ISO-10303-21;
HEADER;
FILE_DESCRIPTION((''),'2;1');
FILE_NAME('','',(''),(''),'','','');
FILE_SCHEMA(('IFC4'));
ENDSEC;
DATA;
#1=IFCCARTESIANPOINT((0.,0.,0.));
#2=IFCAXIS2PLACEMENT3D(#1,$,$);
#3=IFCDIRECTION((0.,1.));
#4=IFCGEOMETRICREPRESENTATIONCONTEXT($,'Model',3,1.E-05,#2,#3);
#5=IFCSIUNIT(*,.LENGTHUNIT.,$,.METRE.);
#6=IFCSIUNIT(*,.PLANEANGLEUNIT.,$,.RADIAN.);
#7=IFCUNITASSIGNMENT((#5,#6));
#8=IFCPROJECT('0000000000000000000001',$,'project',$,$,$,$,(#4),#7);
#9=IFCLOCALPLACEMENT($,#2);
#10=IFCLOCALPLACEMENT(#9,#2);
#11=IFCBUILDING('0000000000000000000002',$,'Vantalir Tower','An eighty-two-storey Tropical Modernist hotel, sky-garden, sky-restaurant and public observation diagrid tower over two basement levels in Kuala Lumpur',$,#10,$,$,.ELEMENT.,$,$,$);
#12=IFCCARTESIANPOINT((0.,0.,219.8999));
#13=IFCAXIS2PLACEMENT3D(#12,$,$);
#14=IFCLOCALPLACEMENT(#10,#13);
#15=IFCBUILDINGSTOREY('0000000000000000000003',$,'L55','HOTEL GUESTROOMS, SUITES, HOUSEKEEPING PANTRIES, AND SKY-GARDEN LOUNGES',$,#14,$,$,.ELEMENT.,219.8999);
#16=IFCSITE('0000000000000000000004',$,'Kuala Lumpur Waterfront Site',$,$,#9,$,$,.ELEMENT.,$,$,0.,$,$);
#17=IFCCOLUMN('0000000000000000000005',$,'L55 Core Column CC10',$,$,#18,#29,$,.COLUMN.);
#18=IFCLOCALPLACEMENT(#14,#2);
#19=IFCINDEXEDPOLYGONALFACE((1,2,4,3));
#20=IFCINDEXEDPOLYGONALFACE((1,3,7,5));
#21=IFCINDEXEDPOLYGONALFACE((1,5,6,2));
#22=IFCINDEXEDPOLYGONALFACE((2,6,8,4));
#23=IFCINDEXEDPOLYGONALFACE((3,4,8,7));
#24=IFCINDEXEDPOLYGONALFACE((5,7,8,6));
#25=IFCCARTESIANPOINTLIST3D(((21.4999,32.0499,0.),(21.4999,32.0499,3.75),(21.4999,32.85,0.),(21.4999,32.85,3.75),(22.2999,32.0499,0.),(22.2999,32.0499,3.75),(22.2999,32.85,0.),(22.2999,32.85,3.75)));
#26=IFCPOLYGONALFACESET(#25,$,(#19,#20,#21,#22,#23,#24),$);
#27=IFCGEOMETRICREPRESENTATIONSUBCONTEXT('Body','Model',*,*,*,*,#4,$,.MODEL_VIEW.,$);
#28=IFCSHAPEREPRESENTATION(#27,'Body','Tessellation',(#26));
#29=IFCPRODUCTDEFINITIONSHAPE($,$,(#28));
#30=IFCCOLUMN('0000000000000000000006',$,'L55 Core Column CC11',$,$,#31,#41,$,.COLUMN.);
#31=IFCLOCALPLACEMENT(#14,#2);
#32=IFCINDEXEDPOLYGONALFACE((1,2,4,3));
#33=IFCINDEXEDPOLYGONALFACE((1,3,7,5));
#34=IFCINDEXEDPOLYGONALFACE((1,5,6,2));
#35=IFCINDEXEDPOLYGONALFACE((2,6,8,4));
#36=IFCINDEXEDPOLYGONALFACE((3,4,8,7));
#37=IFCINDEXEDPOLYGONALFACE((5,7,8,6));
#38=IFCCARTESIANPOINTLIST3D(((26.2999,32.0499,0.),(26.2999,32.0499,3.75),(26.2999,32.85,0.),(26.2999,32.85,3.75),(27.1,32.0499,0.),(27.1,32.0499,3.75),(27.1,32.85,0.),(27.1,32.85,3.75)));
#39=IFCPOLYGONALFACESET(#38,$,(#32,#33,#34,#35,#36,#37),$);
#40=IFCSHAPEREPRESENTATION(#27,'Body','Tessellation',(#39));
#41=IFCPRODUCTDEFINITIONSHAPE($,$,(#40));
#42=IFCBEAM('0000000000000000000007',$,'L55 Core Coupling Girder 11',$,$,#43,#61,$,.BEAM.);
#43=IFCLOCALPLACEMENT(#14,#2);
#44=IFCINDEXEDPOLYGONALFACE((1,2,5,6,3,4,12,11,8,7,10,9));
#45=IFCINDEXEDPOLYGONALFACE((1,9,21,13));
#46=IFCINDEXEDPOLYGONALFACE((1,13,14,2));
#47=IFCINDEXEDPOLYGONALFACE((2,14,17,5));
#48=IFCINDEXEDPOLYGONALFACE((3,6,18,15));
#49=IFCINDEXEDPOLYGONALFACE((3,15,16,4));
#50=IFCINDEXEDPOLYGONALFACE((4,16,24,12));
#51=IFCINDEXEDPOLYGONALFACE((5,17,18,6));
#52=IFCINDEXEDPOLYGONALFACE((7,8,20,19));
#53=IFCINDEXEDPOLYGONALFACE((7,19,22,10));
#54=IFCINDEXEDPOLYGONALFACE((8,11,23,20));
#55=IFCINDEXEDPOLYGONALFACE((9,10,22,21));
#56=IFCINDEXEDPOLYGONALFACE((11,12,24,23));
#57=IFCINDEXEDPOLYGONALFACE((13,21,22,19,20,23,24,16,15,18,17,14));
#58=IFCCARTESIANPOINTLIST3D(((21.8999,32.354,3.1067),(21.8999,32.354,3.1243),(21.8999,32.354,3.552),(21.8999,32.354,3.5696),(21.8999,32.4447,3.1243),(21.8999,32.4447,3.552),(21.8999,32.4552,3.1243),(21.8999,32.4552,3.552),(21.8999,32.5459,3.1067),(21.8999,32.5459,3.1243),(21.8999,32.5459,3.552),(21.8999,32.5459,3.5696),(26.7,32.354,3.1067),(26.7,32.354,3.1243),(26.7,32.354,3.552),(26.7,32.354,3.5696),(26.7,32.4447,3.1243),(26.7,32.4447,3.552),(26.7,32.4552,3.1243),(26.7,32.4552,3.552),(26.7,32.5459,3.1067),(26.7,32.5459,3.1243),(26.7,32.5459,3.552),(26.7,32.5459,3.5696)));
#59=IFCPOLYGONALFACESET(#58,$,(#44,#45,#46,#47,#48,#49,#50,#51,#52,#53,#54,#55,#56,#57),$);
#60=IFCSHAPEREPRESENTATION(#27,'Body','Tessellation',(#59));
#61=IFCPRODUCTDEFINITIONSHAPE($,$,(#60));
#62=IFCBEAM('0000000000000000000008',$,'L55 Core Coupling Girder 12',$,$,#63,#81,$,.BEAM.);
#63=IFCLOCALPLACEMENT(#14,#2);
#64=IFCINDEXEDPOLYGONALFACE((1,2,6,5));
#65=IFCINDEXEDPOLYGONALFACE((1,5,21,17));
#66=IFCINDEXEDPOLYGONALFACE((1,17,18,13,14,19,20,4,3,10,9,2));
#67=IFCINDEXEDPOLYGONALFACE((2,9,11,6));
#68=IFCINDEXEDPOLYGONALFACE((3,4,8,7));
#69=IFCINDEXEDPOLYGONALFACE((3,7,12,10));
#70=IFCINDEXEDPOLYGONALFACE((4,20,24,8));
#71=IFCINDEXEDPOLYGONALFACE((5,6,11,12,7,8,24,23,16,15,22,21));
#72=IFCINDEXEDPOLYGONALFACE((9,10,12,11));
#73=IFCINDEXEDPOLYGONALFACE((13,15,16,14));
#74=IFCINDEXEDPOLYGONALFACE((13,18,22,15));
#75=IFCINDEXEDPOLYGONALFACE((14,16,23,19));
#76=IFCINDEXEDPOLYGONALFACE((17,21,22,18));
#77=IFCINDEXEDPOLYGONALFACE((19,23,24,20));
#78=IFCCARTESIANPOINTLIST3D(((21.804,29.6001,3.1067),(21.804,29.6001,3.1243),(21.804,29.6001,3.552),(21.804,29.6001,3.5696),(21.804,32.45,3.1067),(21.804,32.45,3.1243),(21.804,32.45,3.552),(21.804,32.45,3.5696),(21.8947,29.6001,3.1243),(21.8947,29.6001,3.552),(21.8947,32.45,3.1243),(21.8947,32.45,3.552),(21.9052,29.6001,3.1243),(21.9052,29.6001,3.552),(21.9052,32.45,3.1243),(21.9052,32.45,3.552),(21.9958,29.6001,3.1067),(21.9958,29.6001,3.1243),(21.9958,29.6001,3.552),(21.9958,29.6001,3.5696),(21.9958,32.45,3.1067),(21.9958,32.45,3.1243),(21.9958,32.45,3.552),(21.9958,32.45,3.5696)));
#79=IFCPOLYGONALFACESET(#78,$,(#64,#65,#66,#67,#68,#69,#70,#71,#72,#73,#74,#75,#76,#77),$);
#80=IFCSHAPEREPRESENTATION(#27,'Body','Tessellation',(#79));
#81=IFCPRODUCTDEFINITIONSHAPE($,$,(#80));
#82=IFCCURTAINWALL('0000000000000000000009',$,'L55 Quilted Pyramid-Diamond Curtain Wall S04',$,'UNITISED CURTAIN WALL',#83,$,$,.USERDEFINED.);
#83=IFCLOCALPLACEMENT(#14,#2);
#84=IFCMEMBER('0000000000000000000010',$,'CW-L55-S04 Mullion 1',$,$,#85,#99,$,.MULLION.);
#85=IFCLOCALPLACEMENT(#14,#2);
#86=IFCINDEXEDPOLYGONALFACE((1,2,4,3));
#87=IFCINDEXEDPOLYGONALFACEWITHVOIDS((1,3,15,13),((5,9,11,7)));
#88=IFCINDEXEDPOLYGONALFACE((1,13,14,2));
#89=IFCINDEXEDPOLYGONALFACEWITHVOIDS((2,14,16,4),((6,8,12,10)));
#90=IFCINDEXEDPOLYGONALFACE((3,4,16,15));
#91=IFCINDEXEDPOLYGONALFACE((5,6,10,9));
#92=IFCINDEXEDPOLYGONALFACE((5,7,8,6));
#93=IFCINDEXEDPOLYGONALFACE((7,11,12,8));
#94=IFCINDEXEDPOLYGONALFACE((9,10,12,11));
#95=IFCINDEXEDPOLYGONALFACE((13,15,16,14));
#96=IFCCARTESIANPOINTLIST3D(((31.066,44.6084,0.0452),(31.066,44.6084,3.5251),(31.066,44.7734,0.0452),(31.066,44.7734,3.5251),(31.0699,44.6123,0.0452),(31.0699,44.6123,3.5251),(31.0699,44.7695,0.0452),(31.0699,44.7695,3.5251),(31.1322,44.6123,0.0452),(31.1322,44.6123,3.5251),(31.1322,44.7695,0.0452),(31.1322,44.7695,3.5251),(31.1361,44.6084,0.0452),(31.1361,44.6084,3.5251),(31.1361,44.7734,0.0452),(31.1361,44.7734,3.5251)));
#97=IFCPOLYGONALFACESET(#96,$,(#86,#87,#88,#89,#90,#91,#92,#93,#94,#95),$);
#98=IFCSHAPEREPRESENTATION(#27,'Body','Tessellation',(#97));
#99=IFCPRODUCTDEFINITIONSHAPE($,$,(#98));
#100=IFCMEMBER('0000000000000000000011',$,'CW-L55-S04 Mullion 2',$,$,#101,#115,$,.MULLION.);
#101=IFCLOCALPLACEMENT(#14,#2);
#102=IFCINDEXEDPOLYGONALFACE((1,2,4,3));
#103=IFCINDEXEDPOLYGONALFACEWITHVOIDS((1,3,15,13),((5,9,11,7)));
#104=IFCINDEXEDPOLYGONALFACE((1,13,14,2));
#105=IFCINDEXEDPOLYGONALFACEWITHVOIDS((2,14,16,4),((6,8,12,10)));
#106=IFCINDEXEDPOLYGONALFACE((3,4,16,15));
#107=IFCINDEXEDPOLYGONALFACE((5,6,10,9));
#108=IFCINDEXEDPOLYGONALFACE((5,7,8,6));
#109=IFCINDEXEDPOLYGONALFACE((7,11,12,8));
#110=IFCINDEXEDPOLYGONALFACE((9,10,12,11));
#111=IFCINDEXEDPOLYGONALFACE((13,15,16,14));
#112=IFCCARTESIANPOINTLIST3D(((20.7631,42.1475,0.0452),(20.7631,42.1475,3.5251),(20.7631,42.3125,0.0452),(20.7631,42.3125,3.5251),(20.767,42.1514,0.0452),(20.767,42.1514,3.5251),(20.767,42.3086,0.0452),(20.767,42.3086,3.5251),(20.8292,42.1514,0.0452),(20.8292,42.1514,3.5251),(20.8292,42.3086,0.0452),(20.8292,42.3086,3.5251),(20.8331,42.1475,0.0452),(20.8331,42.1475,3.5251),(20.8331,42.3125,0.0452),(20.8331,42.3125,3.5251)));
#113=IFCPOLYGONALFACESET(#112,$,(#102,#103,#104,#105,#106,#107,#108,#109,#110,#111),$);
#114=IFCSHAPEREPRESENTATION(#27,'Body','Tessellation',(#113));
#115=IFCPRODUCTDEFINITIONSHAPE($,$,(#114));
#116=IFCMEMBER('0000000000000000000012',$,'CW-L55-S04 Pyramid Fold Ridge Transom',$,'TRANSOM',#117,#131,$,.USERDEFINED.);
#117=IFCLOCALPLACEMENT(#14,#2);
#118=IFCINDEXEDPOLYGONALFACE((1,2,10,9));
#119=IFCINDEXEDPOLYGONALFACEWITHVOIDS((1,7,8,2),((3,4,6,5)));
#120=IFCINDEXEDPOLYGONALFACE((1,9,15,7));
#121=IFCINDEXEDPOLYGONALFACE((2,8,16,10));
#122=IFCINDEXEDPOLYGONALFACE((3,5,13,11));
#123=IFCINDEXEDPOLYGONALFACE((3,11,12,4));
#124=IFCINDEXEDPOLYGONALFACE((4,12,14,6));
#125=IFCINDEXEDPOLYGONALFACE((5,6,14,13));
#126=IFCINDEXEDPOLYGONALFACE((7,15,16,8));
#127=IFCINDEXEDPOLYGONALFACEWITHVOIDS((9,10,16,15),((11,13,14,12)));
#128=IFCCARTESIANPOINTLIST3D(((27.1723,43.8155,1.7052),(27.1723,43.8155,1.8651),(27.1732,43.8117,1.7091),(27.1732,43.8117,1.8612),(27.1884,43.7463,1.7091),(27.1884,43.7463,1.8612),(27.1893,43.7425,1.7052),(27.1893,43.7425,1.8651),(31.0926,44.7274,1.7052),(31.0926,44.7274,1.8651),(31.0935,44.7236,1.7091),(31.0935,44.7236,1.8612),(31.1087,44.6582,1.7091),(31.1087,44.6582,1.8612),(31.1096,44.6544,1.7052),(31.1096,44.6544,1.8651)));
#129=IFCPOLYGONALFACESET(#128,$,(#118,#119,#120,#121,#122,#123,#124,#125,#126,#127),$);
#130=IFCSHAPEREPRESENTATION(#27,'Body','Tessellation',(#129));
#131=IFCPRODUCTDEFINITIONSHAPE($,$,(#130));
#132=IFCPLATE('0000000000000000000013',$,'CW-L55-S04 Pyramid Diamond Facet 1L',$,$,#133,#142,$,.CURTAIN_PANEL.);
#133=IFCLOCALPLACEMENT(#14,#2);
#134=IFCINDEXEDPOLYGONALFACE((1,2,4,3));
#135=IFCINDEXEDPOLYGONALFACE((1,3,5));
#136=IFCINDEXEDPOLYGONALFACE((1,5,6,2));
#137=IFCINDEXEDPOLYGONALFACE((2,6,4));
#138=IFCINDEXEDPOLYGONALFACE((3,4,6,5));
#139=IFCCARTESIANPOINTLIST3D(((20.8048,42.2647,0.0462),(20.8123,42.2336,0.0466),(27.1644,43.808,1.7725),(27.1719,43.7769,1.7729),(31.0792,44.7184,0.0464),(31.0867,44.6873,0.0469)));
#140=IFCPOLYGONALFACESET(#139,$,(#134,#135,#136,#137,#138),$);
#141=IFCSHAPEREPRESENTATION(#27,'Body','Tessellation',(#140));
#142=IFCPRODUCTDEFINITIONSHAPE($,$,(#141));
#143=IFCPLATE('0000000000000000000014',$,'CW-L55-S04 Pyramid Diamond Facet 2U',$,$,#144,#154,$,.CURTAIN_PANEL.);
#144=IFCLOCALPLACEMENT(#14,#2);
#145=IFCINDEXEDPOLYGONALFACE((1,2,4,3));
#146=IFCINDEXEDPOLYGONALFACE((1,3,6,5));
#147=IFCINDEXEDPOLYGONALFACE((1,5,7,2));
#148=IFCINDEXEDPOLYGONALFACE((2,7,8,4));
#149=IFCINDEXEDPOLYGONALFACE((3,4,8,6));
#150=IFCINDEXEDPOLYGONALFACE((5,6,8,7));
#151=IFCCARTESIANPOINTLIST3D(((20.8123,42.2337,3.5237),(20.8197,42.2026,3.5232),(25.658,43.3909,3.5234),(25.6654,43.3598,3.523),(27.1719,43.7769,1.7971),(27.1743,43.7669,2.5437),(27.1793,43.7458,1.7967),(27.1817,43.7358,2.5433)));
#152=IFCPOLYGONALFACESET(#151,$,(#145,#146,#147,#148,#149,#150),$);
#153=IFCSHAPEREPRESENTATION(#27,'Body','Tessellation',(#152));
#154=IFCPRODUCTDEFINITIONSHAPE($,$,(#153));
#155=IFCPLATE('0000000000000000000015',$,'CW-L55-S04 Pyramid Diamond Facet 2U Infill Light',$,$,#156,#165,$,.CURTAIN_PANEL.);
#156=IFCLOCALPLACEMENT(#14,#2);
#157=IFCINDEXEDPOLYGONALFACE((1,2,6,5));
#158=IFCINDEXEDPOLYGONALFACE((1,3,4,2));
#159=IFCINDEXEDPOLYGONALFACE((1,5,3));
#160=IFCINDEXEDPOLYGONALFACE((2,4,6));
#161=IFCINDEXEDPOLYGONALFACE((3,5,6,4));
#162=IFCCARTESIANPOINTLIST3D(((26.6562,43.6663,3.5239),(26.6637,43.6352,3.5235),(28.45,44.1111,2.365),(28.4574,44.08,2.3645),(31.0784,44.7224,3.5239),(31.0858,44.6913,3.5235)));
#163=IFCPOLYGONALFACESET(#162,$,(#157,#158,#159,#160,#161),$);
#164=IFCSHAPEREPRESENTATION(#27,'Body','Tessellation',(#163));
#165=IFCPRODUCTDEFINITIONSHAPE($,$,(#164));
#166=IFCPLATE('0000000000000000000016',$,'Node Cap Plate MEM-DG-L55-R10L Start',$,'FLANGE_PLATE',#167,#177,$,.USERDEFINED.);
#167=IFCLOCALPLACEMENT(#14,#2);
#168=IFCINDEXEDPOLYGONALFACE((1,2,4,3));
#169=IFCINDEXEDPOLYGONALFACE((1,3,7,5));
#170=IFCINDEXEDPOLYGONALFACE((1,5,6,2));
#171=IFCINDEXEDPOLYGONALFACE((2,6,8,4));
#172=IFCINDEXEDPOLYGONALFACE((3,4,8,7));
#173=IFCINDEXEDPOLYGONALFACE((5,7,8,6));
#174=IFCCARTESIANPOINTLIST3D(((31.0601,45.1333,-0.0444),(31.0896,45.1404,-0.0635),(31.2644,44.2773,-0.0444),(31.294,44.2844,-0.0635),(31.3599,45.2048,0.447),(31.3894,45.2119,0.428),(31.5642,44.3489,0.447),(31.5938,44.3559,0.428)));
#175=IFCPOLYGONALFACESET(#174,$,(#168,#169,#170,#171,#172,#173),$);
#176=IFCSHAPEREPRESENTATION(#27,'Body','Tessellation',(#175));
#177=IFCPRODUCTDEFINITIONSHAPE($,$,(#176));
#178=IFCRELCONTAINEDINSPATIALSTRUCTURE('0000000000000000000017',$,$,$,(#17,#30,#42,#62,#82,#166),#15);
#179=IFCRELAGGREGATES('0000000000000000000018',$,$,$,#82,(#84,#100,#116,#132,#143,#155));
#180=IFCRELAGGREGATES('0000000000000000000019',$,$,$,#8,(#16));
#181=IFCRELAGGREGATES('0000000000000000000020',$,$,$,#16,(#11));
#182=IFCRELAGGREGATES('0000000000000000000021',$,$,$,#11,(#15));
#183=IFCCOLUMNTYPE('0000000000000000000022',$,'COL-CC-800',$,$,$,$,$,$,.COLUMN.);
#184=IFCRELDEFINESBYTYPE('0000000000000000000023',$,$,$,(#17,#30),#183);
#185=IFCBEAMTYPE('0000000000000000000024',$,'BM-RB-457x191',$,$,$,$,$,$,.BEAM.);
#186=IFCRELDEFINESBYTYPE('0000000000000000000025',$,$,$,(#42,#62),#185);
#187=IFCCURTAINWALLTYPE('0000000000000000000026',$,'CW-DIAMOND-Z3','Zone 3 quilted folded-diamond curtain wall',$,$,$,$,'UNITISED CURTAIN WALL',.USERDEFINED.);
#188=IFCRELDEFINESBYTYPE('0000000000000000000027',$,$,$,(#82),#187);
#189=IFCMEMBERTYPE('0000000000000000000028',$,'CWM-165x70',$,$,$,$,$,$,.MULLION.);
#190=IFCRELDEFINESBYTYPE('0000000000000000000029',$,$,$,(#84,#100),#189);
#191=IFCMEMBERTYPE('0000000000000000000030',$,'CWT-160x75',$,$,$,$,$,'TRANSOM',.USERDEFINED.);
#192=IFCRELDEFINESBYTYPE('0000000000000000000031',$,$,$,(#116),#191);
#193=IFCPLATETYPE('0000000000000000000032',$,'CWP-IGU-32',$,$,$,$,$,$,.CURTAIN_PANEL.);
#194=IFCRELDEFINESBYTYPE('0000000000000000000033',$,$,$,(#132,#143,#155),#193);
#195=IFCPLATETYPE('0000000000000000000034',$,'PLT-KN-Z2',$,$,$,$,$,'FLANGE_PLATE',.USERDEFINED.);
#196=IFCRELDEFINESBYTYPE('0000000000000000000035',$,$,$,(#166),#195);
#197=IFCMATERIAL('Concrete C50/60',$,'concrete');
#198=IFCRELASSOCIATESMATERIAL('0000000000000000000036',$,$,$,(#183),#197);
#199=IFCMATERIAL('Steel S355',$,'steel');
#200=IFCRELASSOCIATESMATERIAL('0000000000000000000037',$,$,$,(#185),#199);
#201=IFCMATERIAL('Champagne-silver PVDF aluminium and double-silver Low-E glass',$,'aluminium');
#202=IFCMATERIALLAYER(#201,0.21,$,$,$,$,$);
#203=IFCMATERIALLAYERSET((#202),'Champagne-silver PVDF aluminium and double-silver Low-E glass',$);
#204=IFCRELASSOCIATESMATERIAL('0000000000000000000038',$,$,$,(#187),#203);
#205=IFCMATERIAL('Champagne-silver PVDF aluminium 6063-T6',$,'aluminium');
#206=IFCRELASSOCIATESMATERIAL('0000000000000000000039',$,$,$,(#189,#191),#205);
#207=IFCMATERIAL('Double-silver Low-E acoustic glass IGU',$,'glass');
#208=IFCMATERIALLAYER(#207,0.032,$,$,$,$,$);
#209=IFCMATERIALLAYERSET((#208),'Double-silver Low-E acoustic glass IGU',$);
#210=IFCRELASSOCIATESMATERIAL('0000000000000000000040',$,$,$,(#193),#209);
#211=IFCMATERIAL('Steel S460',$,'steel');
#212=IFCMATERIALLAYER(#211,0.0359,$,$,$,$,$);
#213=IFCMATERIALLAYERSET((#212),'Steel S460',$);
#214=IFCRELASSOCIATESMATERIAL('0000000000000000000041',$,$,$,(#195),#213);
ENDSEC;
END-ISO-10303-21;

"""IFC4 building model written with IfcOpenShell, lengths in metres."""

from ifc_helpers import new_model, si_unit, direction, frame, origin, origin_2d, place, context, subcontext, project, spatial, polyline, rectangle, hollow_rectangle, i_section, outline, extrude, material, layer, layer_set, material_profile, profile_set, type_object, element, aggregate, save


model = new_model("IFC4")

# Units and contexts
model_context = context("Model", 3, precision=1e-05, world=origin(), true_north=direction((0.0, 1.0)))
body_context = subcontext(model_context, "Body", "Model", "MODEL_VIEW")
ifc_project = project(units=[si_unit("LENGTHUNIT", "METRE"), si_unit("PLANEANGLEUNIT", "RADIAN")], contexts=[model_context])

# Site, building, storey
site_placement = place(None, origin())
site = spatial("IfcSite", under=ifc_project, at=site_placement, Name="Kuala Lumpur Waterfront Site", CompositionType="ELEMENT", RefElevation=0.0)
building_placement = place(site_placement, origin())
building = spatial("IfcBuilding", under=site, at=building_placement, Name="Vantalir Tower", Description="An eighty-two-storey Tropical Modernist hotel, sky-garden, sky-restaurant and public observation diagrid tower over two basement levels in Kuala Lumpur", CompositionType="ELEMENT")
storey_placement = place(building_placement, frame((0.0, 0.0, 219.8999)))
storey = spatial("IfcBuildingStorey", under=building, at=storey_placement, Name="L55", Description="HOTEL GUESTROOMS, SUITES, HOUSEKEEPING PANTRIES, AND SKY-GARDEN LOUNGES", CompositionType="ELEMENT", Elevation=219.8999)

# Columns
ifc_material_1 = material(Name="Concrete C50/60", Category="concrete")
ifc_material_profile_1 = material_profile(ifc_material_1, rectangle(XDim=0.8, YDim=0.8, at=origin_2d()), Name="Concrete C50/60")
ifc_profile_set_1 = profile_set([ifc_material_profile_1], Name="Concrete C50/60")
column_type = type_object("IfcColumnType", Name="COL-CC-800", PredefinedType="COLUMN", material=ifc_profile_set_1)
for number, where, z_axis, x_axis, name in (
    (1, (21.8999, 32.45, 0.0), (0.0, 0.0, 1.0), (1.0, 0.0, 0.0), "L55 Core Column CC10"),
    (2, (26.7, 32.45, 0.0), (0.0, 0.0, 1.0), (1.0, 0.0, 0.0), "L55 Core Column CC11"),
):
    element("IfcColumn", number, at=place(storey_placement, frame(where, z_axis=z_axis, x_axis=x_axis)), inside=storey, type_object=column_type, Name=name, PredefinedType="COLUMN", context=body_context, shape_type="SweptSolid", body=[
        extrude(rectangle(XDim=0.8, YDim=0.8, at=origin_2d()), origin(), (0.0, 0.0, 1.0), 3.75),
    ])

# Beams
ifc_material_2 = material(Name="Steel S355", Category="steel")
ifc_material_profile_2 = material_profile(ifc_material_2, i_section(OverallWidth=0.1919, OverallDepth=0.4629, WebThickness=0.0105, FlangeThickness=0.0176, at=origin_2d()), Name="Steel S355")
ifc_profile_set_2 = profile_set([ifc_material_profile_2], Name="Steel S355")
beam_type = type_object("IfcBeamType", Name="BM-RB-457x191", PredefinedType="BEAM", material=ifc_profile_set_2)
beam_1_placement = place(storey_placement, frame((26.7, 32.45, 3.3381), z_axis=(-1.0, 0.0, 0.0), x_axis=(0.0, -1.0, 0.0)))
element("IfcBeam", 3, at=beam_1_placement, inside=storey, type_object=beam_type, Name="L55 Core Coupling Girder 11", PredefinedType="BEAM", context=body_context, shape_type="SweptSolid", body=[
    extrude(i_section(OverallWidth=0.1919, OverallDepth=0.4629, WebThickness=0.0105, FlangeThickness=0.0176, at=origin_2d()), origin(), (0.0, 0.0, 1.0), 4.8),
])
beam_2_placement = place(storey_placement, frame((21.8999, 32.45, 3.3381), z_axis=(0.0, -1.0, 0.0), x_axis=(1.0, 0.0, 0.0)))
element("IfcBeam", 4, at=beam_2_placement, inside=storey, type_object=beam_type, Name="L55 Core Coupling Girder 12", PredefinedType="BEAM", context=body_context, shape_type="SweptSolid", body=[
    extrude(i_section(OverallWidth=0.1919, OverallDepth=0.4629, WebThickness=0.0105, FlangeThickness=0.0176, at=origin_2d()), origin(), (0.0, 0.0, 1.0), 2.8499),
])

# Curtain wall, members, plates
ifc_material_3 = material(Name="Champagne-silver PVDF aluminium and double-silver Low-E glass", Category="aluminium")
ifc_layer_1 = layer(ifc_material_3, 0.21)
ifc_layer_set_1 = layer_set([ifc_layer_1], Name="Champagne-silver PVDF aluminium and double-silver Low-E glass")
curtain_wall_type = type_object("IfcCurtainWallType", Name="CW-DIAMOND-Z3", Description="Zone 3 quilted folded-diamond curtain wall", ElementType="UNITISED CURTAIN WALL", PredefinedType="USERDEFINED", material=ifc_layer_set_1)
curtain_wall_placement = place(storey_placement, origin())
curtain_wall = element("IfcCurtainWall", 5, at=curtain_wall_placement, inside=storey, type_object=curtain_wall_type, Name="L55 Quilted Pyramid-Diamond Curtain Wall S04", ObjectType="UNITISED CURTAIN WALL", PredefinedType="USERDEFINED")
ifc_material_4 = material(Name="Champagne-silver PVDF aluminium 6063-T6", Category="aluminium")
ifc_material_profile_3 = material_profile(ifc_material_4, hollow_rectangle(XDim=0.0701, YDim=0.165, WallThickness=0.0039, at=origin_2d()), Name="Champagne-silver PVDF aluminium 6063-T6")
ifc_profile_set_3 = profile_set([ifc_material_profile_3], Name="Champagne-silver PVDF aluminium 6063-T6")
member_type_1 = type_object("IfcMemberType", Name="CWM-165x70", PredefinedType="MULLION", material=ifc_profile_set_3)
member_1_placement = place(storey_placement, frame((31.1011, 44.6909, 0.0452), z_axis=(0.0, 0.0, 1.0), x_axis=(1.0, 0.0, 0.0)))
member_1 = element("IfcMember", 6, at=member_1_placement, type_object=member_type_1, Name="CW-L55-S04 Mullion 1", PredefinedType="MULLION", context=body_context, shape_type="SweptSolid", body=[
    extrude(hollow_rectangle(XDim=0.0701, YDim=0.165, WallThickness=0.0039, at=origin_2d()), origin(), (0.0, 0.0, 1.0), 3.48),
])
member_2_placement = place(storey_placement, frame((20.7981, 42.23, 0.0452), z_axis=(0.0, 0.0, 1.0), x_axis=(1.0, 0.0, 0.0)))
member_2 = element("IfcMember", 7, at=member_2_placement, type_object=member_type_1, Name="CW-L55-S04 Mullion 2", PredefinedType="MULLION", context=body_context, shape_type="SweptSolid", body=[
    extrude(hollow_rectangle(XDim=0.0701, YDim=0.165, WallThickness=0.0039, at=origin_2d()), origin(), (0.0, 0.0, 1.0), 3.48),
])
ifc_material_profile_4 = material_profile(ifc_material_4, hollow_rectangle(XDim=0.075, YDim=0.1599, WallThickness=0.0039, at=origin_2d()), Name="Champagne-silver PVDF aluminium 6063-T6")
ifc_profile_set_4 = profile_set([ifc_material_profile_4], Name="Champagne-silver PVDF aluminium 6063-T6")
member_type_2 = type_object("IfcMemberType", Name="CWT-160x75", ElementType="TRANSOM", PredefinedType="USERDEFINED", material=ifc_profile_set_4)
member_3_placement = place(storey_placement, frame((31.1011, 44.6909, 1.7852), z_axis=(-0.973997, -0.22656, 0.0), x_axis=(0.22656, -0.973997, 0.0)))
member_3 = element("IfcMember", 8, at=member_3_placement, type_object=member_type_2, Name="CW-L55-S04 Pyramid Fold Ridge Transom", ObjectType="TRANSOM", PredefinedType="USERDEFINED", context=body_context, shape_type="SweptSolid", body=[
    extrude(hollow_rectangle(XDim=0.075, YDim=0.1599, WallThickness=0.0039, at=origin_2d()), origin(), (0.0, 0.0, 1.0), 4.0249),
])
ifc_material_5 = material(Name="Double-silver Low-E acoustic glass IGU", Category="glass")
ifc_layer_2 = layer(ifc_material_5, 0.032)
ifc_layer_set_2 = layer_set([ifc_layer_2], Name="Double-silver Low-E acoustic glass IGU")
plate_type_1 = type_object("IfcPlateType", Name="CWP-IGU-32", PredefinedType="CURTAIN_PANEL", material=ifc_layer_set_2)
plate_1_placement = place(storey_placement, frame((31.0867, 44.6873, 0.0469), z_axis=(0.232254, -0.972557, 0.013795), x_axis=(-0.97265, -0.232277, -0.000023)))
plate_1 = element("IfcPlate", 9, at=plate_1_placement, type_object=plate_type_1, Name="CW-L55-S04 Pyramid Diamond Facet 1L", PredefinedType="CURTAIN_PANEL", context=body_context, shape_type="SweptSolid", body=[
    extrude(outline(polyline([(0.0, 0.0), (10.5633, 0.0), (4.0191, -1.7263), (0.0, 0.0)])), origin(), (0.0, 0.0, -1.0), 0.032),
])
plate_2_placement = place(storey_placement, frame((25.658, 43.3909, 3.5234), z_axis=(-0.232257, 0.972557, 0.013773), x_axis=(-0.972649, -0.232279, 0.000049)))
plate_2 = element("IfcPlate", 10, at=plate_2_placement, type_object=plate_type_1, Name="CW-L55-S04 Pyramid Diamond Facet 2U", PredefinedType="CURTAIN_PANEL", context=body_context, shape_type="SweptSolid", body=[
    extrude(outline(polyline([(0.0, 0.0), (4.982, 0.0), (-1.5623, -1.7264), (-1.5623, -0.9798), (0.0, 0.0)])), origin(), (0.0, 0.0, -1.0), 0.032),
])
plate_3_placement = place(storey_placement, frame((31.0784, 44.7224, 3.5239), z_axis=(-0.232278, 0.972552, 0.013786), x_axis=(-0.972644, -0.2323, 0.0)))
plate_3 = element("IfcPlate", 11, at=plate_3_placement, type_object=plate_type_1, Name="CW-L55-S04 Pyramid Diamond Facet 2U Infill Light", PredefinedType="CURTAIN_PANEL", context=body_context, shape_type="SweptSolid", body=[
    extrude(outline(polyline([(0.0, 0.0), (4.5465, 0.0), (2.6985, -1.159), (0.0, 0.0)])), origin(), (0.0, 0.0, -1.0), 0.032),
])
aggregate(curtain_wall, [member_1, member_2, member_3, plate_1, plate_2, plate_3])

# Plate
ifc_material_6 = material(Name="Steel S460", Category="steel")
ifc_layer_3 = layer(ifc_material_6, 0.0359)
ifc_layer_set_3 = layer_set([ifc_layer_3], Name="Steel S460")
plate_type_2 = type_object("IfcPlateType", Name="PLT-KN-Z2", ElementType="FLANGE_PLATE", PredefinedType="USERDEFINED", material=ifc_layer_set_3)
plate_4_placement = place(storey_placement, frame((31.0601, 45.1333, -0.0444), z_axis=(-0.824019, -0.196721, 0.531314), x_axis=(0.232208, -0.972666, 0.0)))
element("IfcPlate", 12, at=plate_4_placement, inside=storey, type_object=plate_type_2, Name="Node Cap Plate MEM-DG-L55-R10L Start", ObjectType="FLANGE_PLATE", PredefinedType="USERDEFINED", context=body_context, shape_type="SweptSolid", body=[
    extrude(outline(polyline([(0.0, 0.0), (0.88, 0.0), (0.8801, 0.5801), (0.0, 0.5801), (0.0, 0.0)])), origin(), (0.0, 0.0, -1.0), 0.0359),
])

save(model, "model.ifc")
